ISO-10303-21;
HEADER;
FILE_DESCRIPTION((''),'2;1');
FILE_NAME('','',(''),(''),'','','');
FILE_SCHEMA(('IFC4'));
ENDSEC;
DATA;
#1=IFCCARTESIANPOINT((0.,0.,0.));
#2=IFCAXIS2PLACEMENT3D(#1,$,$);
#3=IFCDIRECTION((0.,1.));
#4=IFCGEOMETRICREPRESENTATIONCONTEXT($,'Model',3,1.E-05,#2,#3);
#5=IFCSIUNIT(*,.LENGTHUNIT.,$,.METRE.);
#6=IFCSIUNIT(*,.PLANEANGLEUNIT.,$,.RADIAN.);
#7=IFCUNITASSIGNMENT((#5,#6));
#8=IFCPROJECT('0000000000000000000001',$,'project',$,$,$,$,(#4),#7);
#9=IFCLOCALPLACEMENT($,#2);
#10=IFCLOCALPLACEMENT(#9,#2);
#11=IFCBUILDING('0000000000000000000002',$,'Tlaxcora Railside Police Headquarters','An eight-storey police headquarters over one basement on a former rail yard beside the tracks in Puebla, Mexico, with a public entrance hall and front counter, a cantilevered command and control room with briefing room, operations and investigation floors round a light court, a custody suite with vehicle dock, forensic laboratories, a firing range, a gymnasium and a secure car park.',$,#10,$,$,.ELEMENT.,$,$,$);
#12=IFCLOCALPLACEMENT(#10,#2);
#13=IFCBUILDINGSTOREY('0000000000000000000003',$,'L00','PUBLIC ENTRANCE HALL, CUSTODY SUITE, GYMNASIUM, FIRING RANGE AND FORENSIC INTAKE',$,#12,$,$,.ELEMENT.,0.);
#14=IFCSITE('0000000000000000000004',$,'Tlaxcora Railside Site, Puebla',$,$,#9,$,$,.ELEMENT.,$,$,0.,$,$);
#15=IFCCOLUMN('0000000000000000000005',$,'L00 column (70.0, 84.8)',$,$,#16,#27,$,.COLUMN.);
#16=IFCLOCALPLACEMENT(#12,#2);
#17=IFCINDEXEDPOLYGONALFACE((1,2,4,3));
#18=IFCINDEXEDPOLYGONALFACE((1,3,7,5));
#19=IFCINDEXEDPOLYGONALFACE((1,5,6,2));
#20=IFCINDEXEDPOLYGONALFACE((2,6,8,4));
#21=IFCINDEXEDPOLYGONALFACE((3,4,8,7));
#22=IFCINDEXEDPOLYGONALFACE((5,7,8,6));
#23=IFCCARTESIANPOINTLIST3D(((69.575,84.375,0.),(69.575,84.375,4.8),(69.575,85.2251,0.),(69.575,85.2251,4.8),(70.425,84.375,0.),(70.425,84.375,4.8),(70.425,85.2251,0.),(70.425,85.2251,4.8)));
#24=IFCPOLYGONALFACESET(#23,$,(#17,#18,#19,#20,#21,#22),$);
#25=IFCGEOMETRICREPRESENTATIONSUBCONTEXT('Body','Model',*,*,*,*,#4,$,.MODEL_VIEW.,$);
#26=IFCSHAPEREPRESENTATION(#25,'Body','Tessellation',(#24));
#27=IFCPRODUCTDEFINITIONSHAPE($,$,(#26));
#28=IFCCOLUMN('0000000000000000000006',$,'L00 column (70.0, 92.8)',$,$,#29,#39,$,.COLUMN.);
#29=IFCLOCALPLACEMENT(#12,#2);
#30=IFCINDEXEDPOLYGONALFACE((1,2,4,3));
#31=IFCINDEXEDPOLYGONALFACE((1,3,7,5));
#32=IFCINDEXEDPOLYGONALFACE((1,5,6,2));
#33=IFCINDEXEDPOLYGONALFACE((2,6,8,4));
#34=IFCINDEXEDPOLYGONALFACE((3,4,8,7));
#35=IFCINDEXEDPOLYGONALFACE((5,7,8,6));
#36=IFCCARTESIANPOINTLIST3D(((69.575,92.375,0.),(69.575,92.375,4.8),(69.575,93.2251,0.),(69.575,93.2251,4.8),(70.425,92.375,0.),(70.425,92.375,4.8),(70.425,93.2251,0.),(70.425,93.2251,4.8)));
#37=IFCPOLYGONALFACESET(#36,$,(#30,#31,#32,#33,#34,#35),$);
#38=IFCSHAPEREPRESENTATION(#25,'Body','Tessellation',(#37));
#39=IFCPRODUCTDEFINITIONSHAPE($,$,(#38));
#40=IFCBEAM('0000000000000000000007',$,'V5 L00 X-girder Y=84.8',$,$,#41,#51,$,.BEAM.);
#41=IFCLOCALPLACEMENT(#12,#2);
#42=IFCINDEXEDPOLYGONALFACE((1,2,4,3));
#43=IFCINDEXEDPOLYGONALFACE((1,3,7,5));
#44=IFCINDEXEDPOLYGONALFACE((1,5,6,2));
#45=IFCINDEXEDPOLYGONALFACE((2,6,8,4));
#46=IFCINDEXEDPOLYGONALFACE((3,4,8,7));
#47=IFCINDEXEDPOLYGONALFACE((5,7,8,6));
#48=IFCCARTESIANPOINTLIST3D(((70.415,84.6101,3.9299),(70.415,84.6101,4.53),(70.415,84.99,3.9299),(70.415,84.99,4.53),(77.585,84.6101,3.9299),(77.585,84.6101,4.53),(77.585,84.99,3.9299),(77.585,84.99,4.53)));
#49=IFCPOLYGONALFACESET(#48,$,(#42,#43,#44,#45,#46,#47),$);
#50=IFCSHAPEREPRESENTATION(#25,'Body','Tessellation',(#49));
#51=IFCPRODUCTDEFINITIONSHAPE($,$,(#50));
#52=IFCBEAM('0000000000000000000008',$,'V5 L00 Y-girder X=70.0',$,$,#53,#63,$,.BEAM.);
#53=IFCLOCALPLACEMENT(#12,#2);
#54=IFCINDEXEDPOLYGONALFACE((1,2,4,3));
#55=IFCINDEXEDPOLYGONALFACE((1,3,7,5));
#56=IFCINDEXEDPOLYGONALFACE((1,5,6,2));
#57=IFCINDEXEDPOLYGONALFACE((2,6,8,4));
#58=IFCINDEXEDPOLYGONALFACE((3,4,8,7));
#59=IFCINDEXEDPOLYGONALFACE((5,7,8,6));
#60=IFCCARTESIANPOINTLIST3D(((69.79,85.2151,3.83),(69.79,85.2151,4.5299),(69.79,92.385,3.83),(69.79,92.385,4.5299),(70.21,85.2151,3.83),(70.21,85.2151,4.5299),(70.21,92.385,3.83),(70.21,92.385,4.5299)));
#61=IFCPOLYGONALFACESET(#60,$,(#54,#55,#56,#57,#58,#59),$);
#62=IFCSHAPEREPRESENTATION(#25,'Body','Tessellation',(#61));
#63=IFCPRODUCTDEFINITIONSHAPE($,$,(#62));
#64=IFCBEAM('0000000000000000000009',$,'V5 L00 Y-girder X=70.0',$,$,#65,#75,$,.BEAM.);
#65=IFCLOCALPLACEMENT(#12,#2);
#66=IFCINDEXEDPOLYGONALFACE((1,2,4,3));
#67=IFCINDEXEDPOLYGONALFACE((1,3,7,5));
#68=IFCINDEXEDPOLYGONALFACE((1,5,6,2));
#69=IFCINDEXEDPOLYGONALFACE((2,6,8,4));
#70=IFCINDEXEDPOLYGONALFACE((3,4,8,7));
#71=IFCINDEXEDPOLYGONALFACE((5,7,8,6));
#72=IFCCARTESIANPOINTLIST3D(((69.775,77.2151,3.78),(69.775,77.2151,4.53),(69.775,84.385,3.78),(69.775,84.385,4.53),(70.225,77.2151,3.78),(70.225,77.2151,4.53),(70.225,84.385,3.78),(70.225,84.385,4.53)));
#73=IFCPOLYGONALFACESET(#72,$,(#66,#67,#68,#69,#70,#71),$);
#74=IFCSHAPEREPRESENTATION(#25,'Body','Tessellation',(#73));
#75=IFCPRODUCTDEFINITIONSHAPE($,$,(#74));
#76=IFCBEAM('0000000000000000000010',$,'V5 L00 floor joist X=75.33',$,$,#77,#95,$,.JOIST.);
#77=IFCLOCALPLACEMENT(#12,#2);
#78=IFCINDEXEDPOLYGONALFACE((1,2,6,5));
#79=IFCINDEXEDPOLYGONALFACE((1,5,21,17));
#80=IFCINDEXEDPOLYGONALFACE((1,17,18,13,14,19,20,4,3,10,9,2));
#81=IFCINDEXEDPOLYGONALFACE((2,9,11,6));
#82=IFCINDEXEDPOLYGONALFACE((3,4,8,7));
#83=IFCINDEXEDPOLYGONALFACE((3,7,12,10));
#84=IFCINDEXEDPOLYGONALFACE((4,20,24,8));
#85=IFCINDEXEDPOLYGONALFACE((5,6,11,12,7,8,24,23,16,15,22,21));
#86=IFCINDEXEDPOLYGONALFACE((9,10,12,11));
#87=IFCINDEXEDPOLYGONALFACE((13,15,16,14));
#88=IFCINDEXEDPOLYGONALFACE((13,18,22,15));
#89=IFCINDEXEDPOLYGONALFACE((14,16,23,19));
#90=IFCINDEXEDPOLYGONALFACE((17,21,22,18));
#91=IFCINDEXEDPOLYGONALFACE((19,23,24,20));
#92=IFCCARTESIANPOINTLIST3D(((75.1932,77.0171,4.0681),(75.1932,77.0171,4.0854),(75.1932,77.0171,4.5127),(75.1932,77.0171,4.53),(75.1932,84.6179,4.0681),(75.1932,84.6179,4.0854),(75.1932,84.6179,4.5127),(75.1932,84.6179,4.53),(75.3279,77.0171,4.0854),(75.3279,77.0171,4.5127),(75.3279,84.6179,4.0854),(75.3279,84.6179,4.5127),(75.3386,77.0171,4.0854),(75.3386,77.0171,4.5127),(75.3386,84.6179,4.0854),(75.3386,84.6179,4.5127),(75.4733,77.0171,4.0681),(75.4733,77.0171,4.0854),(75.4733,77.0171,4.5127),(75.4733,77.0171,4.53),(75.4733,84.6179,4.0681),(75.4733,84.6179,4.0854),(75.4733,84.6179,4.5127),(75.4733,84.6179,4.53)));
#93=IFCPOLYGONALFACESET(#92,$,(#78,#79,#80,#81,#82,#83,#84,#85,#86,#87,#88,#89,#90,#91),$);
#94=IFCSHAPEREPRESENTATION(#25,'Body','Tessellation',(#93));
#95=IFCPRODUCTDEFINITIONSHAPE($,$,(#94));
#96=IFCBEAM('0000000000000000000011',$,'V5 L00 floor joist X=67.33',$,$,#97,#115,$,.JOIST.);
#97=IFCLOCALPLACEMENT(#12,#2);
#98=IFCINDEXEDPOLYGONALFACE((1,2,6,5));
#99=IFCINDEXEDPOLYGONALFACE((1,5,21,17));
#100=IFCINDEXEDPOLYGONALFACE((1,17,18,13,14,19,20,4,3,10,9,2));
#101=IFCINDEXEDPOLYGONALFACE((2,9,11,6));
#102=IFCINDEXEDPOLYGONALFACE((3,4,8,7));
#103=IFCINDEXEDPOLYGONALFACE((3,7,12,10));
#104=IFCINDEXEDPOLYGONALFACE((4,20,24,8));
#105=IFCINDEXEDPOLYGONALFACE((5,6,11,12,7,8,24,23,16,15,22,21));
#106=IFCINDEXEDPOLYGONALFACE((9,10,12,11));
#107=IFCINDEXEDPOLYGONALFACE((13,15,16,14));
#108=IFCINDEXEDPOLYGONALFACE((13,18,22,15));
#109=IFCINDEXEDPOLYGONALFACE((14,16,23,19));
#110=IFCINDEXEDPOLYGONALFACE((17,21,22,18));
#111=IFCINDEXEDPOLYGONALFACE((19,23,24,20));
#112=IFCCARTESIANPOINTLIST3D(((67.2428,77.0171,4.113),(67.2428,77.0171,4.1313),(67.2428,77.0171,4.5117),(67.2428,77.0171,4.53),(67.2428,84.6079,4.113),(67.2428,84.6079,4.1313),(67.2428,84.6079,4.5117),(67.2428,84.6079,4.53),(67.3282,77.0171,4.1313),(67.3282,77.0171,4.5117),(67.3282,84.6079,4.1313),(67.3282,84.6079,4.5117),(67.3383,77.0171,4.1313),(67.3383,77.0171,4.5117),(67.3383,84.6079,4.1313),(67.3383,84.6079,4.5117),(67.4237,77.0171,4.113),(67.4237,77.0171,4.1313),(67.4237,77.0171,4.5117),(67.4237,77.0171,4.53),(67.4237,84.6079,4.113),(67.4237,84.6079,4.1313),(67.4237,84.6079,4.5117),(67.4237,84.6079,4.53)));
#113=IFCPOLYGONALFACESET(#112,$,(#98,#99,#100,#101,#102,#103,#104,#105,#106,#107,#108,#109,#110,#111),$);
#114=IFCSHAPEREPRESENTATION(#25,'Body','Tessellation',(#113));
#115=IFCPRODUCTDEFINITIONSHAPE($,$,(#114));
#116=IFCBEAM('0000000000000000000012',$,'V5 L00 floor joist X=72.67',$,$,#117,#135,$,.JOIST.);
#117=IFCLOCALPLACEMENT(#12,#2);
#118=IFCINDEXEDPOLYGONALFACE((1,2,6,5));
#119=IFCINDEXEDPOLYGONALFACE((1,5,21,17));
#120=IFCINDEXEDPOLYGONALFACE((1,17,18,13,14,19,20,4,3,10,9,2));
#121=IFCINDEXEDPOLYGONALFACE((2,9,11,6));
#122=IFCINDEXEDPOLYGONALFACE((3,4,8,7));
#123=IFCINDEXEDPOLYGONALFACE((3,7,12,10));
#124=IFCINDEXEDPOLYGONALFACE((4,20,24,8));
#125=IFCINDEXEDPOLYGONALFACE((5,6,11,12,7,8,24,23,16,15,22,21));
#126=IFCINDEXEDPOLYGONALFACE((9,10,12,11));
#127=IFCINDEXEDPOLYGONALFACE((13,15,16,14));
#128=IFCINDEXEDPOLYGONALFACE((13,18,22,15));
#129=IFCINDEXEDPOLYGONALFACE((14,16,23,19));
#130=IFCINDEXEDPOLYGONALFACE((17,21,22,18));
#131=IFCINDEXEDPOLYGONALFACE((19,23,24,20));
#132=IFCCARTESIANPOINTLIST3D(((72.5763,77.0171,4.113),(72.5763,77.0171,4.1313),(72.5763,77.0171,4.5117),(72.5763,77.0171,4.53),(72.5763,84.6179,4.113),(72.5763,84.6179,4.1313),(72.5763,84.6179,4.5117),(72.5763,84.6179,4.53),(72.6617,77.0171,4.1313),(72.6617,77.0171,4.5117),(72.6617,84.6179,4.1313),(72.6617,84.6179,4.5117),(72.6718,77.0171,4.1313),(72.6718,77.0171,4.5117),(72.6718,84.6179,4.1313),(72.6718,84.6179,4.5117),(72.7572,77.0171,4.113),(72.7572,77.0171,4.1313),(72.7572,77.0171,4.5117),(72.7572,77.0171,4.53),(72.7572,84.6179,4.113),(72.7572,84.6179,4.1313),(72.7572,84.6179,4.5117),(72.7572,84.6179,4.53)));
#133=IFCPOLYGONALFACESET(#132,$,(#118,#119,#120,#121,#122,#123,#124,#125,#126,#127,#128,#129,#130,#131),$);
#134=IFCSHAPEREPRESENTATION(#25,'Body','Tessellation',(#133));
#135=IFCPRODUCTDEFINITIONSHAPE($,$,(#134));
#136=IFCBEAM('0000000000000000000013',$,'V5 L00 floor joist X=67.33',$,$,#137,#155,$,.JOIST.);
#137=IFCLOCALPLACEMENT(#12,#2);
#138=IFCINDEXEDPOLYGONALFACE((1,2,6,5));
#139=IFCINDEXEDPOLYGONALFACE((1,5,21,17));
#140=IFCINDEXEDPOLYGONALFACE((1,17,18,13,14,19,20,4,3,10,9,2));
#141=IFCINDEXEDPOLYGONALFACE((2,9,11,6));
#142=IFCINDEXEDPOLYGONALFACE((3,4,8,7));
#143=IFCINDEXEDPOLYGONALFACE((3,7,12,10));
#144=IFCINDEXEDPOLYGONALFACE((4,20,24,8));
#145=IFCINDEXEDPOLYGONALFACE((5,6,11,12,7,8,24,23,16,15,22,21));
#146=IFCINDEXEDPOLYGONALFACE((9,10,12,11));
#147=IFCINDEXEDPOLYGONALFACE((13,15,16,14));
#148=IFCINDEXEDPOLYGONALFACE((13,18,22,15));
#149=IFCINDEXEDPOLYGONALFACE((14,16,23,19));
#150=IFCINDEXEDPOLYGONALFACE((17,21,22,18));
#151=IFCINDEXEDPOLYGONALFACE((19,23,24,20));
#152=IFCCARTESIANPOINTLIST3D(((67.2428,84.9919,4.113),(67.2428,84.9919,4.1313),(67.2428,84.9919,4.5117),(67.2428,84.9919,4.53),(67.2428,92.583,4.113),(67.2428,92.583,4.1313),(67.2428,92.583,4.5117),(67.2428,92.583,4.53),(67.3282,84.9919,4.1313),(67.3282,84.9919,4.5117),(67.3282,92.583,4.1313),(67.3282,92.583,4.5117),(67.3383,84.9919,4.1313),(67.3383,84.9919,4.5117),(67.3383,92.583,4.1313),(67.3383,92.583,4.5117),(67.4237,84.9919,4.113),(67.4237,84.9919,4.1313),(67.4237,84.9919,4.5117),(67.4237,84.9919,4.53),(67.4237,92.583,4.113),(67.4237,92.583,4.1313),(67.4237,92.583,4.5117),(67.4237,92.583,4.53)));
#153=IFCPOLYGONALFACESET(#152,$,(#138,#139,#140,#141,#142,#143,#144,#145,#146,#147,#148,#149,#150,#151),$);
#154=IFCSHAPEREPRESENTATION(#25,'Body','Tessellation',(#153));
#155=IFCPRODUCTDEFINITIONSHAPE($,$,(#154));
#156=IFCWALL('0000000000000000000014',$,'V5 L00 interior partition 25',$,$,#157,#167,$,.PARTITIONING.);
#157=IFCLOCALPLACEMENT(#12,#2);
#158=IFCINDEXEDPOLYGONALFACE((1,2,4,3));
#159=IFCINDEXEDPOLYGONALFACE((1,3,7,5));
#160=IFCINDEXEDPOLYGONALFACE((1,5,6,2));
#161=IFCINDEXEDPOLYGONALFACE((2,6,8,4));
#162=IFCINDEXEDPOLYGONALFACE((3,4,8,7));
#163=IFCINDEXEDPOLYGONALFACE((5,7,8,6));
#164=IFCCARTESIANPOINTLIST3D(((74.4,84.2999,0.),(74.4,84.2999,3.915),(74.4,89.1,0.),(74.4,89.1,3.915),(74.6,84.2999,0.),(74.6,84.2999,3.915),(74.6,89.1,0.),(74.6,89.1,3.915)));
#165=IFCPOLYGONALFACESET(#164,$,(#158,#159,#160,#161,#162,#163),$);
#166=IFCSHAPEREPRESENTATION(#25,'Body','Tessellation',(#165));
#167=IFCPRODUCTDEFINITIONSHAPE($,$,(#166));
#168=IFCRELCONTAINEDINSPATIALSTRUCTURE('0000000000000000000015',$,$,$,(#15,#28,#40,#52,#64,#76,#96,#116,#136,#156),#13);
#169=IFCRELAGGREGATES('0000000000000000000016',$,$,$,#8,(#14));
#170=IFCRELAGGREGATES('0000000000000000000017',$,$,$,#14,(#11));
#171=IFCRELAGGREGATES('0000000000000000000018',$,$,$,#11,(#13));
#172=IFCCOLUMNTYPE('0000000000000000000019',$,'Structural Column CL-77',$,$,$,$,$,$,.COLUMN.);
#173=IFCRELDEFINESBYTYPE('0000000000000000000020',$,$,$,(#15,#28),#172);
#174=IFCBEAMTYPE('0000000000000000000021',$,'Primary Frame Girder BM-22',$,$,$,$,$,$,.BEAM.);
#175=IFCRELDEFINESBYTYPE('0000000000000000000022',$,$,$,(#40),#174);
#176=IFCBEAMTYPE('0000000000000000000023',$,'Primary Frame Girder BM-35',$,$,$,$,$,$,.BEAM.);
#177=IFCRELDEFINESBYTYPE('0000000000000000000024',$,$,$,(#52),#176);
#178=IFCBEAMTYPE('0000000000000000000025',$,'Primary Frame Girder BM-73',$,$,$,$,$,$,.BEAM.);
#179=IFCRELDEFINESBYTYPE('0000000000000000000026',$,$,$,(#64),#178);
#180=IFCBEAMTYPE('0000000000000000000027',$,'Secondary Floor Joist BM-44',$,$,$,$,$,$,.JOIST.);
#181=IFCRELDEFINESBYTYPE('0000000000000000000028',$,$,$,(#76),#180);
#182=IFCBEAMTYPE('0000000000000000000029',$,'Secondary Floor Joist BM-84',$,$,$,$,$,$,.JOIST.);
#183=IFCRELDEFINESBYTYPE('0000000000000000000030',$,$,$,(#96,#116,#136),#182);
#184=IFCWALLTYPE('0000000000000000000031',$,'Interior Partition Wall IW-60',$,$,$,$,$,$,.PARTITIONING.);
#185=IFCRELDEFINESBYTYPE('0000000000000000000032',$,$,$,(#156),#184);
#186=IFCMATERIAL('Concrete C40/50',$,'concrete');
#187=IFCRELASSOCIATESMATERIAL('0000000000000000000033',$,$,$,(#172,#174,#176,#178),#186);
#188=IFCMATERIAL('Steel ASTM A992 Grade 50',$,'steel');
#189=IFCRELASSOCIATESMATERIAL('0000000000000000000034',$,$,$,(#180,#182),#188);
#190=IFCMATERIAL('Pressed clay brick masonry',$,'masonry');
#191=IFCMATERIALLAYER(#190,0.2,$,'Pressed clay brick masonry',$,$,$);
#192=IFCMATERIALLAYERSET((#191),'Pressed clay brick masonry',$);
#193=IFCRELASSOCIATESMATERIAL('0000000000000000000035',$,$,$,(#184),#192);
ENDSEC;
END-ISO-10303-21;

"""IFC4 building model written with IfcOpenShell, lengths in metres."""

from ifc_helpers import new_model, si_unit, direction, frame, frame_2d, origin, origin_2d, place, context, subcontext, project, spatial, rectangle, i_section, extrude, material, layer, layer_set, material_profile, profile_set, type_object, element, save


model = new_model("IFC4")

# Units and contexts
model_context = context("Model", 3, precision=1e-05, world=origin(), true_north=direction((0.0, 1.0)))
body_context = subcontext(model_context, "Body", "Model", "MODEL_VIEW")
ifc_project = project(units=[si_unit("LENGTHUNIT", "METRE"), si_unit("PLANEANGLEUNIT", "RADIAN")], contexts=[model_context])

# Site, building, storey
site_placement = place(None, origin())
site = spatial("IfcSite", under=ifc_project, at=site_placement, Name="Tlaxcora Railside Site, Puebla", CompositionType="ELEMENT", RefElevation=0.0)
building_placement = place(site_placement, origin())
building = spatial("IfcBuilding", under=site, at=building_placement, Name="Tlaxcora Railside Police Headquarters", Description="An eight-storey police headquarters over one basement on a former rail yard beside the tracks in Puebla, Mexico, with a public entrance hall and front counter, a cantilevered command and control room with briefing room, operations and investigation floors round a light court, a custody suite with vehicle dock, forensic laboratories, a firing range, a gymnasium and a secure car park.", CompositionType="ELEMENT")
storey_placement = place(building_placement, origin())
storey = spatial("IfcBuildingStorey", under=building, at=storey_placement, Name="L00", Description="PUBLIC ENTRANCE HALL, CUSTODY SUITE, GYMNASIUM, FIRING RANGE AND FORENSIC INTAKE", CompositionType="ELEMENT", Elevation=0.0)

# Columns
ifc_material_1 = material(Name="Concrete C40/50", Category="concrete")
ifc_material_profile_1 = material_profile(ifc_material_1, rectangle(XDim=0.8501, YDim=0.8501, at=origin_2d()), Name="RC850X850")
ifc_profile_set_1 = profile_set([ifc_material_profile_1], Name="Concrete C40/50")
column_type = type_object("IfcColumnType", Name="Structural Column CL-77", PredefinedType="COLUMN", material=ifc_profile_set_1)
for number, where, z_axis, x_axis, name in (
    (1, (70.0, 84.8, 0.0), (0.0, 0.0, 1.0), (1.0, 0.0, 0.0), "L00 column (70.0, 84.8)"),
    (2, (70.0, 92.8, 0.0), (0.0, 0.0, 1.0), (1.0, 0.0, 0.0), "L00 column (70.0, 92.8)"),
):
    element("IfcColumn", number, at=place(storey_placement, frame(where, z_axis=z_axis, x_axis=x_axis)), inside=storey, type_object=column_type, Name=name, PredefinedType="COLUMN", context=body_context, shape_type="SweptSolid", body=[
        extrude(rectangle(XDim=0.8501, YDim=0.8501, at=origin_2d()), origin(), (0.0, 0.0, 1.0), 4.8),
    ])

# Beams
ifc_material_profile_2 = material_profile(ifc_material_1, rectangle(XDim=0.3799, YDim=0.6001, at=origin_2d()), Name="RC380X600")
ifc_profile_set_2 = profile_set([ifc_material_profile_2], Name="Concrete C40/50")
beam_type_1 = type_object("IfcBeamType", Name="Primary Frame Girder BM-22", PredefinedType="BEAM", material=ifc_profile_set_2)
beam_1_placement = place(storey_placement, frame((70.415, 84.8, 4.23), z_axis=(1.0, 0.0, 0.0), x_axis=(0.0, 1.0, 0.0)))
element("IfcBeam", 3, at=beam_1_placement, inside=storey, type_object=beam_type_1, Name="V5 L00 X-girder Y=84.8", PredefinedType="BEAM", context=body_context, shape_type="SweptSolid", body=[
    extrude(rectangle(XDim=0.3799, YDim=0.6001, at=origin_2d()), origin(), (0.0, 0.0, 1.0), 7.1699),
])
ifc_material_profile_3 = material_profile(ifc_material_1, rectangle(XDim=0.4199, YDim=0.7, at=origin_2d()), Name="RC420X700")
ifc_profile_set_3 = profile_set([ifc_material_profile_3], Name="Concrete C40/50")
beam_type_2 = type_object("IfcBeamType", Name="Primary Frame Girder BM-35", PredefinedType="BEAM", material=ifc_profile_set_3)
beam_2_placement = place(storey_placement, frame((70.0, 85.2151, 4.1799), z_axis=(0.0, 1.0, 0.0), x_axis=(-1.0, 0.0, 0.0)))
element("IfcBeam", 4, at=beam_2_placement, inside=storey, type_object=beam_type_2, Name="V5 L00 Y-girder X=70.0", PredefinedType="BEAM", context=body_context, shape_type="SweptSolid", body=[
    extrude(rectangle(XDim=0.4199, YDim=0.7, at=origin_2d()), origin(), (0.0, 0.0, 1.0), 7.1699),
])
ifc_material_profile_4 = material_profile(ifc_material_1, rectangle(XDim=0.45, YDim=0.75, at=origin_2d()), Name="RC450X750")
ifc_profile_set_4 = profile_set([ifc_material_profile_4], Name="Concrete C40/50")
beam_type_3 = type_object("IfcBeamType", Name="Primary Frame Girder BM-73", PredefinedType="BEAM", material=ifc_profile_set_4)
beam_3_placement = place(storey_placement, frame((70.0, 77.2151, 4.155), z_axis=(0.0, 1.0, 0.0), x_axis=(-1.0, 0.0, 0.0)))
element("IfcBeam", 5, at=beam_3_placement, inside=storey, type_object=beam_type_3, Name="V5 L00 Y-girder X=70.0", PredefinedType="BEAM", context=body_context, shape_type="SweptSolid", body=[
    extrude(rectangle(XDim=0.45, YDim=0.75, at=origin_2d()), origin(), (0.0, 0.0, 1.0), 7.1699),
])
ifc_material_2 = material(Name="Steel ASTM A992 Grade 50", Category="steel")
ifc_material_profile_5 = material_profile(ifc_material_2, i_section(OverallWidth=0.28, OverallDepth=0.4619, WebThickness=0.0107, FlangeThickness=0.0173, at=origin_2d()), Name="W18X76")
ifc_profile_set_5 = profile_set([ifc_material_profile_5], Name="Steel ASTM A992 Grade 50")
beam_type_4 = type_object("IfcBeamType", Name="Secondary Floor Joist BM-44", PredefinedType="JOIST", material=ifc_profile_set_5)
beam_4_placement = place(storey_placement, frame((75.3333, 77.0171, 4.2991), z_axis=(0.0, 1.0, 0.0), x_axis=(-1.0, 0.0, 0.0)))
element("IfcBeam", 6, at=beam_4_placement, inside=storey, type_object=beam_type_4, Name="V5 L00 floor joist X=75.33", PredefinedType="JOIST", context=body_context, shape_type="SweptSolid", body=[
    extrude(i_section(OverallWidth=0.28, OverallDepth=0.4619, WebThickness=0.0107, FlangeThickness=0.0173, at=origin_2d()), origin(), (0.0, 0.0, 1.0), 7.6008),
])
ifc_material_profile_6 = material_profile(ifc_material_2, i_section(OverallWidth=0.1809, OverallDepth=0.417, WebThickness=0.01, FlangeThickness=0.0183, at=origin_2d()), Name="W16X57")
ifc_profile_set_6 = profile_set([ifc_material_profile_6], Name="Steel ASTM A992 Grade 50")
beam_type_5 = type_object("IfcBeamType", Name="Secondary Floor Joist BM-84", PredefinedType="JOIST", material=ifc_profile_set_6)
beam_5_placement = place(storey_placement, frame((67.3333, 77.0171, 4.3215), z_axis=(0.0, 1.0, 0.0), x_axis=(-1.0, 0.0, 0.0)))
element("IfcBeam", 7, at=beam_5_placement, inside=storey, type_object=beam_type_5, Name="V5 L00 floor joist X=67.33", PredefinedType="JOIST", context=body_context, shape_type="SweptSolid", body=[
    extrude(i_section(OverallWidth=0.1809, OverallDepth=0.417, WebThickness=0.01, FlangeThickness=0.0183, at=origin_2d()), origin(), (0.0, 0.0, 1.0), 7.5908),
])
beam_6_placement = place(storey_placement, frame((72.6667, 77.0171, 4.3215), z_axis=(0.0, 1.0, 0.0), x_axis=(-1.0, 0.0, 0.0)))
element("IfcBeam", 8, at=beam_6_placement, inside=storey, type_object=beam_type_5, Name="V5 L00 floor joist X=72.67", PredefinedType="JOIST", context=body_context, shape_type="SweptSolid", body=[
    extrude(i_section(OverallWidth=0.1809, OverallDepth=0.417, WebThickness=0.01, FlangeThickness=0.0183, at=origin_2d()), origin(), (0.0, 0.0, 1.0), 7.6008),
])
beam_7_placement = place(storey_placement, frame((67.3333, 84.9919, 4.3215), z_axis=(0.0, 1.0, 0.0), x_axis=(-1.0, 0.0, 0.0)))
element("IfcBeam", 9, at=beam_7_placement, inside=storey, type_object=beam_type_5, Name="V5 L00 floor joist X=67.33", PredefinedType="JOIST", context=body_context, shape_type="SweptSolid", body=[
    extrude(i_section(OverallWidth=0.1809, OverallDepth=0.417, WebThickness=0.01, FlangeThickness=0.0183, at=origin_2d()), origin(), (0.0, 0.0, 1.0), 7.5911),
])

# Shared definitions
ifc_material_3 = material(Name="Pressed clay brick masonry", Category="masonry")
ifc_layer_1 = layer(ifc_material_3, 0.2, Name="Pressed clay brick masonry")
ifc_layer_set_1 = layer_set([ifc_layer_1], Name="Pressed clay brick masonry")
wall_type_1 = type_object("IfcWallType", Name="Interior Partition Wall IW-60", PredefinedType="PARTITIONING", material=ifc_layer_set_1)

# Wall
wall_1_placement = place(storey_placement, frame((74.5, 84.3, 0.0), z_axis=(0.0, 0.0, 1.0), x_axis=(0.0, 1.0, 0.0)))
element("IfcWall", 10, at=wall_1_placement, inside=storey, type_object=wall_type_1, Name="V5 L00 interior partition 25", PredefinedType="PARTITIONING", context=body_context, shape_type="SweptSolid", body=[
    extrude(rectangle(XDim=4.8, YDim=0.2, at=frame_2d((2.3999, 0.0))), origin(), (0.0, 0.0, 1.0), 3.915),
])

save(model, "model.ifc")
